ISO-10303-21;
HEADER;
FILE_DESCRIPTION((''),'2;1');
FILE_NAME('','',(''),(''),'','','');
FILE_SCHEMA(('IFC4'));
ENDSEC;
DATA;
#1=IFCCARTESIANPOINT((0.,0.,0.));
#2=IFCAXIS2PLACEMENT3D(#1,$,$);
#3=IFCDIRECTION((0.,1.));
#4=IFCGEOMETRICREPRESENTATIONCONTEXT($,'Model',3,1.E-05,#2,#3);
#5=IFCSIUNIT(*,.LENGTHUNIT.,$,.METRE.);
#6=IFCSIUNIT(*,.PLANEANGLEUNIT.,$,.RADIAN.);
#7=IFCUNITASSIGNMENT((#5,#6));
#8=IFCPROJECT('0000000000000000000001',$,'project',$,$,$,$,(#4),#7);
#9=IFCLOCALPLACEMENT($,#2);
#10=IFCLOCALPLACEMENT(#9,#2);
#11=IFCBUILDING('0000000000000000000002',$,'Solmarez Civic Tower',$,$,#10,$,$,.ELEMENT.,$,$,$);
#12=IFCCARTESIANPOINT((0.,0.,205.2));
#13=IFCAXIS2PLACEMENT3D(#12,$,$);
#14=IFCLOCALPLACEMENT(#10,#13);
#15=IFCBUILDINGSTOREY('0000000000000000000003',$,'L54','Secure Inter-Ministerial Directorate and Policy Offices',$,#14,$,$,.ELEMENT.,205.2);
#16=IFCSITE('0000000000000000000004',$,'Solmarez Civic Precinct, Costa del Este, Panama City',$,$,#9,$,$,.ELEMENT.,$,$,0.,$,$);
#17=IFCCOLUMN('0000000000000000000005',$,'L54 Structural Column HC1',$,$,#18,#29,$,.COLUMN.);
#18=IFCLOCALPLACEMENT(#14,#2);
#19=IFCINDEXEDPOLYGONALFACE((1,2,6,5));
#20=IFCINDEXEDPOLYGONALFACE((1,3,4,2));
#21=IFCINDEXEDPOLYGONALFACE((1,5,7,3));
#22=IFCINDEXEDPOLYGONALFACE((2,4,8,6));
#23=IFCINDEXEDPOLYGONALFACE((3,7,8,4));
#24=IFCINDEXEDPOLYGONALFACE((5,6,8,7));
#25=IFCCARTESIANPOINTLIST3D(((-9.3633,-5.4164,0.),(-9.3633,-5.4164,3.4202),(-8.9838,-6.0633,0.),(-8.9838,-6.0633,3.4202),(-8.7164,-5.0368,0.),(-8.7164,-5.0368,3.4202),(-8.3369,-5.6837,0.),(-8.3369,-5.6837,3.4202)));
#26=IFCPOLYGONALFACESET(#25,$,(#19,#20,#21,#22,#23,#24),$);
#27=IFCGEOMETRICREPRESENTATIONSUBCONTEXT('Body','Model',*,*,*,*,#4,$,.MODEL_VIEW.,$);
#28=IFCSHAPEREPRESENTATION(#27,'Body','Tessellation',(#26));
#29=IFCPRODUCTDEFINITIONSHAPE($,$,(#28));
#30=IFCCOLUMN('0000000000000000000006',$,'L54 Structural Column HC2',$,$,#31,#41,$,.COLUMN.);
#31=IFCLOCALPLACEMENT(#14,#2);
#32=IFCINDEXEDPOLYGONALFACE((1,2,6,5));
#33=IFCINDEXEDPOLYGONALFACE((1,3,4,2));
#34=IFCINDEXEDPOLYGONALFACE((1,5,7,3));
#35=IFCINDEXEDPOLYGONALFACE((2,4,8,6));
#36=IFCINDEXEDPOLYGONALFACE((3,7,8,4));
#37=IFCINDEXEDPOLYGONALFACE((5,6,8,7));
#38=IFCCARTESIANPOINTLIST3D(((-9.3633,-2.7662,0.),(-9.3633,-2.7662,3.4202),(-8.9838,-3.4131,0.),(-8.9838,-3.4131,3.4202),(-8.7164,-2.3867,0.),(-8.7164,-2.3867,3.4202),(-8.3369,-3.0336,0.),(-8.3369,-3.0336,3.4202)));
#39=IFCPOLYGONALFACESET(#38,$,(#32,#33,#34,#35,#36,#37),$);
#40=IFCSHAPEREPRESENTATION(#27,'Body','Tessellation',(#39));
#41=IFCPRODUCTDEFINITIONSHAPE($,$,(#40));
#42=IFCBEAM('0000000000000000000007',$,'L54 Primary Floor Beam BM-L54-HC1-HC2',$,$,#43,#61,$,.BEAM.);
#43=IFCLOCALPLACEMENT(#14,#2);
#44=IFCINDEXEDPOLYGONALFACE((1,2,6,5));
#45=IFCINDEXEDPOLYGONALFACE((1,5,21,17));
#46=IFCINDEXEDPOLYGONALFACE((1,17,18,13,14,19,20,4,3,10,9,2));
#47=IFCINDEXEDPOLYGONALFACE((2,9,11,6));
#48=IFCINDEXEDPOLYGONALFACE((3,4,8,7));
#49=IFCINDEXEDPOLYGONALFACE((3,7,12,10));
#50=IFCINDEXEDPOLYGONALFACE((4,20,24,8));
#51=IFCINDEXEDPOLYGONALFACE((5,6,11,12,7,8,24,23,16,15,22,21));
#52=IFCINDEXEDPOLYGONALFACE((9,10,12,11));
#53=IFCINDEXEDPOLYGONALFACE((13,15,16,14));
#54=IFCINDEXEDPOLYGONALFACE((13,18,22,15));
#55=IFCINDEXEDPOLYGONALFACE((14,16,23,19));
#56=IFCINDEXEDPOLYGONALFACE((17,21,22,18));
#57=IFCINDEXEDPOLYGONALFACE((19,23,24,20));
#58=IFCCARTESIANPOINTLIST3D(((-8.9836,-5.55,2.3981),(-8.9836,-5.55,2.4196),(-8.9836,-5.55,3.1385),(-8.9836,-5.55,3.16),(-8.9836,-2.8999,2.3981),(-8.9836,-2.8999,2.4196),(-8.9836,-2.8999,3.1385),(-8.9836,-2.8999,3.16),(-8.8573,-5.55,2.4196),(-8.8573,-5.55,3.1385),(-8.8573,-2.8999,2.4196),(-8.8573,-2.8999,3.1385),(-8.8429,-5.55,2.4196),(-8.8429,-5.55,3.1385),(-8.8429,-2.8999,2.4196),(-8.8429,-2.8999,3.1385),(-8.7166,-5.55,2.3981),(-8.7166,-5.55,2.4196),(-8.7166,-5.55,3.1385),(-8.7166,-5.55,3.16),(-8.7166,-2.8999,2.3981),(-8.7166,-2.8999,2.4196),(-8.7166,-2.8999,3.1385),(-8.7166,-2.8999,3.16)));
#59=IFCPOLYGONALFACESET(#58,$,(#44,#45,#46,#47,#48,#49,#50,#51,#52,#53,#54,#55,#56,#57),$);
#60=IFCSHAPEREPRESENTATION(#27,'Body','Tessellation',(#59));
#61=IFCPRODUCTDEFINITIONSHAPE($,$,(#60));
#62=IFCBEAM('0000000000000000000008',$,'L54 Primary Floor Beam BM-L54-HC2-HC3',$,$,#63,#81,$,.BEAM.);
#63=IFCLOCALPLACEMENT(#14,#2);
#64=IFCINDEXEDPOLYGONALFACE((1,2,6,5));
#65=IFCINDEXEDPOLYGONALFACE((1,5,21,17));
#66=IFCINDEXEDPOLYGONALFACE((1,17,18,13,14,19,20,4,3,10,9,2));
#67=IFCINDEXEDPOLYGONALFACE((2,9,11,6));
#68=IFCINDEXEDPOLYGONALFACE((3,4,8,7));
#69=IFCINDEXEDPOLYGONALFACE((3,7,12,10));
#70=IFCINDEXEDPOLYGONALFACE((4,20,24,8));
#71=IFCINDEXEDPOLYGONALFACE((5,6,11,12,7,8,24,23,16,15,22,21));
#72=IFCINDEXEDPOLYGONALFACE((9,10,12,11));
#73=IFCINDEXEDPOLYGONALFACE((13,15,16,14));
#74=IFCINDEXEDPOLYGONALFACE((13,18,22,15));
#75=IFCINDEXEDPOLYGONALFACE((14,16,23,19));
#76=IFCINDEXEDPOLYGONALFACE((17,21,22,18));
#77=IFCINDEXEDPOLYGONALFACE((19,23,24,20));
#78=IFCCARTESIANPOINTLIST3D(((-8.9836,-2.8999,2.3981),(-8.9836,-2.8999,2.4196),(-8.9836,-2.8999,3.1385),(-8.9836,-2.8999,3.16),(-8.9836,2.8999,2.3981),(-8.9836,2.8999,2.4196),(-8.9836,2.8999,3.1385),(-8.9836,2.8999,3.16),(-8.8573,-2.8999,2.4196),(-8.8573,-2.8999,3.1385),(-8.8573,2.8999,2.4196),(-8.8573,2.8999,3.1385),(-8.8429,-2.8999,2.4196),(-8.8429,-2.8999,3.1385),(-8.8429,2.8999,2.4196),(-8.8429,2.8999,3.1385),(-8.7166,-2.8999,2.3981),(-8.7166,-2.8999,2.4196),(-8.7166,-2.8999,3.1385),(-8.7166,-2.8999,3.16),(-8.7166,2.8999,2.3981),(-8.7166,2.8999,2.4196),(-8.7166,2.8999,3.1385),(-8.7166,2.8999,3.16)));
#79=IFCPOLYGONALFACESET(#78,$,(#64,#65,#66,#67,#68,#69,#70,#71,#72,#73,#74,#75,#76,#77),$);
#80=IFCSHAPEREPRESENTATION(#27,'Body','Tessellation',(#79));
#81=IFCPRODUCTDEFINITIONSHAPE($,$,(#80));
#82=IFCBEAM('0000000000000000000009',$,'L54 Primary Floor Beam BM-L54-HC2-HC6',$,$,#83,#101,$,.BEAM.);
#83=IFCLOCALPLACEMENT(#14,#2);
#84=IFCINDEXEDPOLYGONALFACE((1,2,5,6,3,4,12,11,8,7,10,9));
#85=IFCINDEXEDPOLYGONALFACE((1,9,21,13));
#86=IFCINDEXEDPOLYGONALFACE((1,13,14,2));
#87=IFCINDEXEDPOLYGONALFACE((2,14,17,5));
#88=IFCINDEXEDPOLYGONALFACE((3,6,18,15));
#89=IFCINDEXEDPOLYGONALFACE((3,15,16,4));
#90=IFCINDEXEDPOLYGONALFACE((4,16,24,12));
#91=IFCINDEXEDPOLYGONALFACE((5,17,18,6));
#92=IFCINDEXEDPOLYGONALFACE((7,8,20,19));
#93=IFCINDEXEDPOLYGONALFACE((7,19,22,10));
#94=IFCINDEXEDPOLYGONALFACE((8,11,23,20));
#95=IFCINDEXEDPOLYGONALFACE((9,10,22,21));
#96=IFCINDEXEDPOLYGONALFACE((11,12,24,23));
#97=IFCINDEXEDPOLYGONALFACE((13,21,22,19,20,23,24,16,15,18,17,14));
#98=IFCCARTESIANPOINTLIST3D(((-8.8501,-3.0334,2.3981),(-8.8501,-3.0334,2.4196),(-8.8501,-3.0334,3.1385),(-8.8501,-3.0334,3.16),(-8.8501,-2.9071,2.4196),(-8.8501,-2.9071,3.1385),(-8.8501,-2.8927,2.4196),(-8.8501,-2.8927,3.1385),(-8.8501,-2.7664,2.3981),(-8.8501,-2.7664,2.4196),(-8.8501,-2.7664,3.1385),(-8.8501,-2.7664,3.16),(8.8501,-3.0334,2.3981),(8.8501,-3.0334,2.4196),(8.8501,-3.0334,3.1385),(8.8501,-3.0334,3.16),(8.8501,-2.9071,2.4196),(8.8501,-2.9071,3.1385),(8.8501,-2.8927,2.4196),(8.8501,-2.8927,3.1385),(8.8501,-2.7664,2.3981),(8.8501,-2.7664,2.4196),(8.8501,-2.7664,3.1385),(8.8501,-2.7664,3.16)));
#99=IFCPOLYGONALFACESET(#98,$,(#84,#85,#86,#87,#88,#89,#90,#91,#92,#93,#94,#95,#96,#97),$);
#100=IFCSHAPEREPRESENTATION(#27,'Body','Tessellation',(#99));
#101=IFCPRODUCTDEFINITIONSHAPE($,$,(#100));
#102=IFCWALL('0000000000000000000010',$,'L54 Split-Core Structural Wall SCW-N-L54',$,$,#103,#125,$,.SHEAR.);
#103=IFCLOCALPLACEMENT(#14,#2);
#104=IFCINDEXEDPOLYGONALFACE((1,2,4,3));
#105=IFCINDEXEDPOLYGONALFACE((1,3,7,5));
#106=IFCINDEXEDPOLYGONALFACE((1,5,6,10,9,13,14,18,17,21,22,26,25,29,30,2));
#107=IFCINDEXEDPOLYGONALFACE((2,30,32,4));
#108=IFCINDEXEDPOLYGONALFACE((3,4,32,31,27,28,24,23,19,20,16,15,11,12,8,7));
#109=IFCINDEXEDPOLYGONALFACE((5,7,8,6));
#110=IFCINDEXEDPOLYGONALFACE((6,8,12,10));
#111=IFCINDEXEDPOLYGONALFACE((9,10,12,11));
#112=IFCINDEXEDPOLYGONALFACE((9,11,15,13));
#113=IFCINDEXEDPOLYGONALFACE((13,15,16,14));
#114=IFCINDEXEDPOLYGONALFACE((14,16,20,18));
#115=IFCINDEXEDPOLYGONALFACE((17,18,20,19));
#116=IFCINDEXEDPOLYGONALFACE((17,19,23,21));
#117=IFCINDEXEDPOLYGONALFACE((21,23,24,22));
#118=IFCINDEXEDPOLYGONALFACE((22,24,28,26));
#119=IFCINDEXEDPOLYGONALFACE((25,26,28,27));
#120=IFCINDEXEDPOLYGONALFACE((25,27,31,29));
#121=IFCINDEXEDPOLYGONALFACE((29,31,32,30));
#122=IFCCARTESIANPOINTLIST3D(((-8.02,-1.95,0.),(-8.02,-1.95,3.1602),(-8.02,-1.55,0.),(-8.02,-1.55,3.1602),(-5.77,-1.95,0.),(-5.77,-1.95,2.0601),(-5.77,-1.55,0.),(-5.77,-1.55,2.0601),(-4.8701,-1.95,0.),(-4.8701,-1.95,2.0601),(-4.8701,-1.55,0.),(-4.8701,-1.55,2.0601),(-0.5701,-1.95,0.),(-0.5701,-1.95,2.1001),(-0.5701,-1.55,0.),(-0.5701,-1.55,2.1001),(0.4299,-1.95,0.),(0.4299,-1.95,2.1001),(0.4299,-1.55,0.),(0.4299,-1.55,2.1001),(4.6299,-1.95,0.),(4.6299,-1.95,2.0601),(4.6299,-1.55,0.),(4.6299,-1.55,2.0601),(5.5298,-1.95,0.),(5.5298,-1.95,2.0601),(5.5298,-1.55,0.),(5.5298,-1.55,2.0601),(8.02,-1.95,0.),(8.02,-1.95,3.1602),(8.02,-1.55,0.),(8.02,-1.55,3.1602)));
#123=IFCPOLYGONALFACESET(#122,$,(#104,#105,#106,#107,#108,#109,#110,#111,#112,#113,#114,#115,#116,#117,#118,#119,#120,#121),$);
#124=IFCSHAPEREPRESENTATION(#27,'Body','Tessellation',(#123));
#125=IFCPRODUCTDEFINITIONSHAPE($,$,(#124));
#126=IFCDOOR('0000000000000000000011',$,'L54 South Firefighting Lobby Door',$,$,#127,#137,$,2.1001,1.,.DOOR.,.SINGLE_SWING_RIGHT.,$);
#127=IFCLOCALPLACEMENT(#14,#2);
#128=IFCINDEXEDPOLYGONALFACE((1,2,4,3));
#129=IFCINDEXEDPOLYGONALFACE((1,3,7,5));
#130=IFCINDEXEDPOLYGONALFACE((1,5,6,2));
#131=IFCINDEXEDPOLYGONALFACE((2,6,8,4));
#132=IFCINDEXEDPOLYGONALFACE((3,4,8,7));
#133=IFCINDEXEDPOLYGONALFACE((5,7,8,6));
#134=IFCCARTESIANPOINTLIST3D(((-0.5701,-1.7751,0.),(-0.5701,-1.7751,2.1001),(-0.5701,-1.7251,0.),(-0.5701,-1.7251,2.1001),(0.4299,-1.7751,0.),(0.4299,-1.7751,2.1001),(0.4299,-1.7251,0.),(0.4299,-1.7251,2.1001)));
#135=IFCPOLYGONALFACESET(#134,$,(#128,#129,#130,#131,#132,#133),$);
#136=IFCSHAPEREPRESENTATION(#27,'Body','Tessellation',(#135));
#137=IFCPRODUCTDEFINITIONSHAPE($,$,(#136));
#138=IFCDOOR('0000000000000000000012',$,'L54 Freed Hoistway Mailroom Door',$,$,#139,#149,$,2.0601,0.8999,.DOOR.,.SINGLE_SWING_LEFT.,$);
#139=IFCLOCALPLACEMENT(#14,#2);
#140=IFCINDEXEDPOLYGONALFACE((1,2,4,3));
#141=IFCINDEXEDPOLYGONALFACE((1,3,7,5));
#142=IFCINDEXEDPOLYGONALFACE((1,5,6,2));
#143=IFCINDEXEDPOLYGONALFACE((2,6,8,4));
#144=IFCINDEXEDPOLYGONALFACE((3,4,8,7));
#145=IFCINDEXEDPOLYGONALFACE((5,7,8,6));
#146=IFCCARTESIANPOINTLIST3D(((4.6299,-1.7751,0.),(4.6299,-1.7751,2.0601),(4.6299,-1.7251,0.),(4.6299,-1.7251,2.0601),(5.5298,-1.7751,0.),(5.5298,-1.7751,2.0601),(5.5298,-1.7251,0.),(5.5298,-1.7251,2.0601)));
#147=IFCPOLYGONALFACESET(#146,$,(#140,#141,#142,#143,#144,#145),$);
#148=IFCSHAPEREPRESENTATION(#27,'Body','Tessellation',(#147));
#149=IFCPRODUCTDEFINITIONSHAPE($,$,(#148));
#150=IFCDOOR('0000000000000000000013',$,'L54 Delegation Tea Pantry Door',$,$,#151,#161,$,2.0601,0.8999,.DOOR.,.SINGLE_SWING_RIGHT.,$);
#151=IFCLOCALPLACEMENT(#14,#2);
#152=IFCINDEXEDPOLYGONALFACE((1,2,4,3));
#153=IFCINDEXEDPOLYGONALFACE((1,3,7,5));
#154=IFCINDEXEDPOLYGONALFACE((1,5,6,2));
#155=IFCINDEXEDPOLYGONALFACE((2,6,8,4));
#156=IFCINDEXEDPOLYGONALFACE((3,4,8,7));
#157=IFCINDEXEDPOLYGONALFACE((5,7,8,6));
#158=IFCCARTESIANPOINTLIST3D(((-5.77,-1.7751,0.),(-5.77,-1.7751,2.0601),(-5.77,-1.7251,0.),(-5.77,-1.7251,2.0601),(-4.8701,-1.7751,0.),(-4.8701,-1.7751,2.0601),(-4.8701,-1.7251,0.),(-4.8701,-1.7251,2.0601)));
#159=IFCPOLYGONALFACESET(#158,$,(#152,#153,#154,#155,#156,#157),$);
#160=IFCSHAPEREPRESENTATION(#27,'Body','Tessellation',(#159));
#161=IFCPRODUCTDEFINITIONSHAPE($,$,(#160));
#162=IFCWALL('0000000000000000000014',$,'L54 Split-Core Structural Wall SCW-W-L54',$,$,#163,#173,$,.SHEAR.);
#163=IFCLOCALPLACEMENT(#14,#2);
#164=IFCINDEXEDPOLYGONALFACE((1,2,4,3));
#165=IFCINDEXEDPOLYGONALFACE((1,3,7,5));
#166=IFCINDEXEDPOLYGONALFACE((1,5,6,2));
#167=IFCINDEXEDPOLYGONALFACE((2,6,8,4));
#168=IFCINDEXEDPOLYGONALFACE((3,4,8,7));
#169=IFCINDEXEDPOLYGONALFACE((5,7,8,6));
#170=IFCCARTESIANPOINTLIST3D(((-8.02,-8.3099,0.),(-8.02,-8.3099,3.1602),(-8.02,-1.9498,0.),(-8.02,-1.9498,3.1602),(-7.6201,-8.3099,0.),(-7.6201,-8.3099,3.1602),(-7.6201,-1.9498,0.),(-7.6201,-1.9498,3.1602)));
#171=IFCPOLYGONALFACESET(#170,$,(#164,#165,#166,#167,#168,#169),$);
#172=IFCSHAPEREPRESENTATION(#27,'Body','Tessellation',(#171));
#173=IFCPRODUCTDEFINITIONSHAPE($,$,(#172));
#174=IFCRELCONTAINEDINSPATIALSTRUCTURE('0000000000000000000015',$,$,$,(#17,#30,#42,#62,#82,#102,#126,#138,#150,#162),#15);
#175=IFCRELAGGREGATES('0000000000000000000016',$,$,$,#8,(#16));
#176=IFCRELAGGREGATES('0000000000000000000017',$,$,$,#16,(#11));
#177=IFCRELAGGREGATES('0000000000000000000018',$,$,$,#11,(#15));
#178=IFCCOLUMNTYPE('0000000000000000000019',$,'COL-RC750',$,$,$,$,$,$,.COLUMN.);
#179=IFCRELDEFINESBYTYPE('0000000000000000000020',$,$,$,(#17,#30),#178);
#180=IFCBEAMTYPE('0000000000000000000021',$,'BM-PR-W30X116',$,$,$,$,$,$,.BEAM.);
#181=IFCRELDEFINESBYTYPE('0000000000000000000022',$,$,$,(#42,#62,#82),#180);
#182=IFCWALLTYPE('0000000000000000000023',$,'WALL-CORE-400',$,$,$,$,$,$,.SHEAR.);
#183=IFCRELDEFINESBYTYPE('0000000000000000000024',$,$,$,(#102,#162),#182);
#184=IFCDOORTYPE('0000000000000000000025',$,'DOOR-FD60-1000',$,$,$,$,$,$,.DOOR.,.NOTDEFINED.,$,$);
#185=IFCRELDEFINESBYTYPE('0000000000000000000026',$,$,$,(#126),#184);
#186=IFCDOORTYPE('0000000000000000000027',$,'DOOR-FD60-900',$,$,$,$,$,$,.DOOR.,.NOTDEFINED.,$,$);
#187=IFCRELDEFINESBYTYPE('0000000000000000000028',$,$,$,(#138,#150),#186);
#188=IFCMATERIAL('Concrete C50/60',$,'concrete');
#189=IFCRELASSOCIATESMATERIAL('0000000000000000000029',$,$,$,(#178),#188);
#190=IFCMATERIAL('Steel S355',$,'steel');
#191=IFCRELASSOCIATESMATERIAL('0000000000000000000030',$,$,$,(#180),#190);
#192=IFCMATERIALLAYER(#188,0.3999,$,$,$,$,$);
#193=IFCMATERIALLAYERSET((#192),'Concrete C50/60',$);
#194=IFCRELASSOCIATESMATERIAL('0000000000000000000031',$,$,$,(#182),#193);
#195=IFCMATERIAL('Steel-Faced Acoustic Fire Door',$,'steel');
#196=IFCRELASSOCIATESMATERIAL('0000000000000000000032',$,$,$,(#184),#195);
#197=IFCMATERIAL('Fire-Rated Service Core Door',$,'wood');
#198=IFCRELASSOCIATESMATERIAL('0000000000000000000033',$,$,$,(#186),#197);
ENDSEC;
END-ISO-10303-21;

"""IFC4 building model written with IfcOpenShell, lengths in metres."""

from ifc_helpers import new_model, si_unit, direction, frame, frame_2d, origin, origin_2d, place, context, subcontext, project, spatial, rectangle, i_section, extrude, material, layer, layer_set, material_profile, profile_set, type_object, element, fill, save


model = new_model("IFC4")

# Units and contexts
model_context = context("Model", 3, precision=1e-05, world=origin(), true_north=direction((0.0, 1.0)))
body_context = subcontext(model_context, "Body", "Model", "MODEL_VIEW")
ifc_project = project(units=[si_unit("LENGTHUNIT", "METRE"), si_unit("PLANEANGLEUNIT", "RADIAN")], contexts=[model_context])

# Site, building, storey
site_placement = place(None, origin())
site = spatial("IfcSite", under=ifc_project, at=site_placement, Name="Solmarez Civic Precinct, Costa del Este, Panama City", CompositionType="ELEMENT", RefElevation=0.0)
building_placement = place(site_placement, origin())
building = spatial("IfcBuilding", under=site, at=building_placement, Name="Solmarez Civic Tower", CompositionType="ELEMENT")
storey_placement = place(building_placement, frame((0.0, 0.0, 205.2)))
storey = spatial("IfcBuildingStorey", under=building, at=storey_placement, Name="L54", Description="Secure Inter-Ministerial Directorate and Policy Offices", CompositionType="ELEMENT", Elevation=205.2)

# Columns
ifc_material_1 = material(Name="Concrete C50/60", Category="concrete")
ifc_material_profile_1 = material_profile(ifc_material_1, rectangle(XDim=0.75, YDim=0.75, at=origin_2d()), Name="RC750X750")
ifc_profile_set_1 = profile_set([ifc_material_profile_1], Name="Concrete C50/60")
column_type = type_object("IfcColumnType", Name="COL-RC750", PredefinedType="COLUMN", material=ifc_profile_set_1)
for number, where, z_axis, x_axis, name in (
    (1, (-8.8501, -5.55, 0.0), (0.0, 0.0, 1.0), (0.862514, 0.506034, 0.0), "L54 Structural Column HC1"),
    (2, (-8.8501, -2.8999, 0.0), (0.0, 0.0, 1.0), (0.862514, 0.506034, 0.0), "L54 Structural Column HC2"),
):
    element("IfcColumn", number, at=place(storey_placement, frame(where, z_axis=z_axis, x_axis=x_axis)), inside=storey, type_object=column_type, Name=name, PredefinedType="COLUMN", context=body_context, shape_type="SweptSolid", body=[
        extrude(rectangle(XDim=0.75, YDim=0.75, at=origin_2d()), origin(), (0.0, 0.0, 1.0), 3.4202),
    ])

# Beams
ifc_material_2 = material(Name="Steel S355", Category="steel")
ifc_material_profile_2 = material_profile(ifc_material_2, i_section(OverallWidth=0.2671, OverallDepth=0.762, WebThickness=0.0144, FlangeThickness=0.0215, at=origin_2d()), Name="W30X116")
ifc_profile_set_2 = profile_set([ifc_material_profile_2], Name="Steel S355")
beam_type = type_object("IfcBeamType", Name="BM-PR-W30X116", PredefinedType="BEAM", material=ifc_profile_set_2)
beam_1_placement = place(storey_placement, frame((-8.8501, -5.55, 2.7791), z_axis=(0.0, 1.0, 0.0), x_axis=(-1.0, 0.0, 0.0)))
element("IfcBeam", 3, at=beam_1_placement, inside=storey, type_object=beam_type, Name="L54 Primary Floor Beam BM-L54-HC1-HC2", PredefinedType="BEAM", context=body_context, shape_type="SweptSolid", body=[
    extrude(i_section(OverallWidth=0.2671, OverallDepth=0.762, WebThickness=0.0144, FlangeThickness=0.0215, at=origin_2d()), origin(), (0.0, 0.0, 1.0), 2.6501),
])
beam_2_placement = place(storey_placement, frame((-8.8501, -2.8999, 2.7791), z_axis=(0.0, 1.0, 0.0), x_axis=(-1.0, 0.0, 0.0)))
element("IfcBeam", 4, at=beam_2_placement, inside=storey, type_object=beam_type, Name="L54 Primary Floor Beam BM-L54-HC2-HC3", PredefinedType="BEAM", context=body_context, shape_type="SweptSolid", body=[
    extrude(i_section(OverallWidth=0.2671, OverallDepth=0.762, WebThickness=0.0144, FlangeThickness=0.0215, at=origin_2d()), origin(), (0.0, 0.0, 1.0), 5.7998),
])
beam_3_placement = place(storey_placement, frame((-8.8501, -2.8999, 2.7791), z_axis=(1.0, 0.0, 0.0), x_axis=(0.0, 1.0, 0.0)))
element("IfcBeam", 5, at=beam_3_placement, inside=storey, type_object=beam_type, Name="L54 Primary Floor Beam BM-L54-HC2-HC6", PredefinedType="BEAM", context=body_context, shape_type="SweptSolid", body=[
    extrude(i_section(OverallWidth=0.2671, OverallDepth=0.762, WebThickness=0.0144, FlangeThickness=0.0215, at=origin_2d()), origin(), (0.0, 0.0, 1.0), 17.7002),
])

# Wall, openings, doors
ifc_layer_1 = layer(ifc_material_1, 0.3999)
ifc_layer_set_1 = layer_set([ifc_layer_1], Name="Concrete C50/60")
wall_type_1 = type_object("IfcWallType", Name="WALL-CORE-400", PredefinedType="SHEAR", material=ifc_layer_set_1)
wall_1_placement = place(storey_placement, frame((-8.02, -1.75, 0.0), z_axis=(0.0, 0.0, 1.0), x_axis=(1.0, 0.0, 0.0)))
wall_1 = element("IfcWall", 6, at=wall_1_placement, inside=storey, type_object=wall_type_1, Name="L54 Split-Core Structural Wall SCW-N-L54", PredefinedType="SHEAR", context=body_context, shape_type="SweptSolid", body=[
    extrude(rectangle(XDim=16.04, YDim=0.3999, at=frame_2d((8.02, 0.0))), origin(), (0.0, 0.0, 1.0), 3.1602),
])
opening_1_placement = place(wall_1_placement, frame((7.45, 0.0, 0.0)))
opening_1 = element("IfcOpeningElement", 7, at=opening_1_placement, cuts=wall_1, PredefinedType="OPENING", context=body_context, shape_type="SweptSolid", body=[
    extrude(rectangle(XDim=1.0, YDim=2.1001, at=frame_2d((0.5, 1.05))), frame((0.0, 0.21, 0.0), z_axis=(0.0, -1.0, 0.0), x_axis=(1.0, 0.0, 0.0)), (0.0, 0.0, 1.0), 0.4199),
])
opening_2_placement = place(wall_1_placement, frame((12.6499, 0.0, 0.0)))
opening_2 = element("IfcOpeningElement", 8, at=opening_2_placement, cuts=wall_1, PredefinedType="OPENING", context=body_context, shape_type="SweptSolid", body=[
    extrude(rectangle(XDim=0.8999, YDim=2.0601, at=frame_2d((0.45, 1.03))), frame((0.0, 0.21, 0.0), z_axis=(0.0, -1.0, 0.0), x_axis=(1.0, 0.0, 0.0)), (0.0, 0.0, 1.0), 0.4199),
])
opening_3_placement = place(wall_1_placement, frame((2.25, 0.0, 0.0)))
opening_3 = element("IfcOpeningElement", 9, at=opening_3_placement, cuts=wall_1, PredefinedType="OPENING", context=body_context, shape_type="SweptSolid", body=[
    extrude(rectangle(XDim=0.8999, YDim=2.0601, at=frame_2d((0.45, 1.03))), frame((0.0, 0.21, 0.0), z_axis=(0.0, -1.0, 0.0), x_axis=(1.0, 0.0, 0.0)), (0.0, 0.0, 1.0), 0.4199),
])
ifc_material_3 = material(Name="Steel-Faced Acoustic Fire Door", Category="steel")
door_type_1 = type_object("IfcDoorType", Name="DOOR-FD60-1000", OperationType="NOTDEFINED", PredefinedType="DOOR", material=ifc_material_3)
door_1_placement = place(opening_1_placement, origin())
door_1 = element("IfcDoor", 10, at=door_1_placement, inside=storey, type_object=door_type_1, Name="L54 South Firefighting Lobby Door", OperationType="SINGLE_SWING_RIGHT", OverallHeight=2.1001, OverallWidth=1.0, PredefinedType="DOOR", context=body_context, shape_type="SweptSolid", body=[
    extrude(rectangle(XDim=1.0, YDim=2.1001, at=frame_2d((0.5, 1.05))), frame((0.0, 0.0249, 0.0), z_axis=(0.0, -1.0, 0.0), x_axis=(1.0, 0.0, 0.0)), (0.0, 0.0, 1.0), 0.05),
])
fill(opening_1, door_1)
ifc_material_4 = material(Name="Fire-Rated Service Core Door", Category="wood")
door_type_2 = type_object("IfcDoorType", Name="DOOR-FD60-900", OperationType="NOTDEFINED", PredefinedType="DOOR", material=ifc_material_4)
door_2_placement = place(opening_2_placement, origin())
door_2 = element("IfcDoor", 11, at=door_2_placement, inside=storey, type_object=door_type_2, Name="L54 Freed Hoistway Mailroom Door", OperationType="SINGLE_SWING_LEFT", OverallHeight=2.0601, OverallWidth=0.8999, PredefinedType="DOOR", context=body_context, shape_type="SweptSolid", body=[
    extrude(rectangle(XDim=0.8999, YDim=2.0601, at=frame_2d((0.45, 1.03))), frame((0.0, 0.0249, 0.0), z_axis=(0.0, -1.0, 0.0), x_axis=(1.0, 0.0, 0.0)), (0.0, 0.0, 1.0), 0.05),
])
fill(opening_2, door_2)
door_3_placement = place(opening_3_placement, origin())
door_3 = element("IfcDoor", 12, at=door_3_placement, inside=storey, type_object=door_type_2, Name="L54 Delegation Tea Pantry Door", OperationType="SINGLE_SWING_RIGHT", OverallHeight=2.0601, OverallWidth=0.8999, PredefinedType="DOOR", context=body_context, shape_type="SweptSolid", body=[
    extrude(rectangle(XDim=0.8999, YDim=2.0601, at=frame_2d((0.45, 1.03))), frame((0.0, 0.0249, 0.0), z_axis=(0.0, -1.0, 0.0), x_axis=(1.0, 0.0, 0.0)), (0.0, 0.0, 1.0), 0.05),
])
fill(opening_3, door_3)

# Wall
wall_2_placement = place(storey_placement, frame((-7.8201, -8.3101, 0.0), z_axis=(0.0, 0.0, 1.0), x_axis=(0.0, 1.0, 0.0)))
element("IfcWall", 13, at=wall_2_placement, inside=storey, type_object=wall_type_1, Name="L54 Split-Core Structural Wall SCW-W-L54", PredefinedType="SHEAR", context=body_context, shape_type="SweptSolid", body=[
    extrude(rectangle(XDim=6.3601, YDim=0.3999, at=frame_2d((3.1802, 0.0))), origin(), (0.0, 0.0, 1.0), 3.1602),
])

save(model, "model.ifc")
